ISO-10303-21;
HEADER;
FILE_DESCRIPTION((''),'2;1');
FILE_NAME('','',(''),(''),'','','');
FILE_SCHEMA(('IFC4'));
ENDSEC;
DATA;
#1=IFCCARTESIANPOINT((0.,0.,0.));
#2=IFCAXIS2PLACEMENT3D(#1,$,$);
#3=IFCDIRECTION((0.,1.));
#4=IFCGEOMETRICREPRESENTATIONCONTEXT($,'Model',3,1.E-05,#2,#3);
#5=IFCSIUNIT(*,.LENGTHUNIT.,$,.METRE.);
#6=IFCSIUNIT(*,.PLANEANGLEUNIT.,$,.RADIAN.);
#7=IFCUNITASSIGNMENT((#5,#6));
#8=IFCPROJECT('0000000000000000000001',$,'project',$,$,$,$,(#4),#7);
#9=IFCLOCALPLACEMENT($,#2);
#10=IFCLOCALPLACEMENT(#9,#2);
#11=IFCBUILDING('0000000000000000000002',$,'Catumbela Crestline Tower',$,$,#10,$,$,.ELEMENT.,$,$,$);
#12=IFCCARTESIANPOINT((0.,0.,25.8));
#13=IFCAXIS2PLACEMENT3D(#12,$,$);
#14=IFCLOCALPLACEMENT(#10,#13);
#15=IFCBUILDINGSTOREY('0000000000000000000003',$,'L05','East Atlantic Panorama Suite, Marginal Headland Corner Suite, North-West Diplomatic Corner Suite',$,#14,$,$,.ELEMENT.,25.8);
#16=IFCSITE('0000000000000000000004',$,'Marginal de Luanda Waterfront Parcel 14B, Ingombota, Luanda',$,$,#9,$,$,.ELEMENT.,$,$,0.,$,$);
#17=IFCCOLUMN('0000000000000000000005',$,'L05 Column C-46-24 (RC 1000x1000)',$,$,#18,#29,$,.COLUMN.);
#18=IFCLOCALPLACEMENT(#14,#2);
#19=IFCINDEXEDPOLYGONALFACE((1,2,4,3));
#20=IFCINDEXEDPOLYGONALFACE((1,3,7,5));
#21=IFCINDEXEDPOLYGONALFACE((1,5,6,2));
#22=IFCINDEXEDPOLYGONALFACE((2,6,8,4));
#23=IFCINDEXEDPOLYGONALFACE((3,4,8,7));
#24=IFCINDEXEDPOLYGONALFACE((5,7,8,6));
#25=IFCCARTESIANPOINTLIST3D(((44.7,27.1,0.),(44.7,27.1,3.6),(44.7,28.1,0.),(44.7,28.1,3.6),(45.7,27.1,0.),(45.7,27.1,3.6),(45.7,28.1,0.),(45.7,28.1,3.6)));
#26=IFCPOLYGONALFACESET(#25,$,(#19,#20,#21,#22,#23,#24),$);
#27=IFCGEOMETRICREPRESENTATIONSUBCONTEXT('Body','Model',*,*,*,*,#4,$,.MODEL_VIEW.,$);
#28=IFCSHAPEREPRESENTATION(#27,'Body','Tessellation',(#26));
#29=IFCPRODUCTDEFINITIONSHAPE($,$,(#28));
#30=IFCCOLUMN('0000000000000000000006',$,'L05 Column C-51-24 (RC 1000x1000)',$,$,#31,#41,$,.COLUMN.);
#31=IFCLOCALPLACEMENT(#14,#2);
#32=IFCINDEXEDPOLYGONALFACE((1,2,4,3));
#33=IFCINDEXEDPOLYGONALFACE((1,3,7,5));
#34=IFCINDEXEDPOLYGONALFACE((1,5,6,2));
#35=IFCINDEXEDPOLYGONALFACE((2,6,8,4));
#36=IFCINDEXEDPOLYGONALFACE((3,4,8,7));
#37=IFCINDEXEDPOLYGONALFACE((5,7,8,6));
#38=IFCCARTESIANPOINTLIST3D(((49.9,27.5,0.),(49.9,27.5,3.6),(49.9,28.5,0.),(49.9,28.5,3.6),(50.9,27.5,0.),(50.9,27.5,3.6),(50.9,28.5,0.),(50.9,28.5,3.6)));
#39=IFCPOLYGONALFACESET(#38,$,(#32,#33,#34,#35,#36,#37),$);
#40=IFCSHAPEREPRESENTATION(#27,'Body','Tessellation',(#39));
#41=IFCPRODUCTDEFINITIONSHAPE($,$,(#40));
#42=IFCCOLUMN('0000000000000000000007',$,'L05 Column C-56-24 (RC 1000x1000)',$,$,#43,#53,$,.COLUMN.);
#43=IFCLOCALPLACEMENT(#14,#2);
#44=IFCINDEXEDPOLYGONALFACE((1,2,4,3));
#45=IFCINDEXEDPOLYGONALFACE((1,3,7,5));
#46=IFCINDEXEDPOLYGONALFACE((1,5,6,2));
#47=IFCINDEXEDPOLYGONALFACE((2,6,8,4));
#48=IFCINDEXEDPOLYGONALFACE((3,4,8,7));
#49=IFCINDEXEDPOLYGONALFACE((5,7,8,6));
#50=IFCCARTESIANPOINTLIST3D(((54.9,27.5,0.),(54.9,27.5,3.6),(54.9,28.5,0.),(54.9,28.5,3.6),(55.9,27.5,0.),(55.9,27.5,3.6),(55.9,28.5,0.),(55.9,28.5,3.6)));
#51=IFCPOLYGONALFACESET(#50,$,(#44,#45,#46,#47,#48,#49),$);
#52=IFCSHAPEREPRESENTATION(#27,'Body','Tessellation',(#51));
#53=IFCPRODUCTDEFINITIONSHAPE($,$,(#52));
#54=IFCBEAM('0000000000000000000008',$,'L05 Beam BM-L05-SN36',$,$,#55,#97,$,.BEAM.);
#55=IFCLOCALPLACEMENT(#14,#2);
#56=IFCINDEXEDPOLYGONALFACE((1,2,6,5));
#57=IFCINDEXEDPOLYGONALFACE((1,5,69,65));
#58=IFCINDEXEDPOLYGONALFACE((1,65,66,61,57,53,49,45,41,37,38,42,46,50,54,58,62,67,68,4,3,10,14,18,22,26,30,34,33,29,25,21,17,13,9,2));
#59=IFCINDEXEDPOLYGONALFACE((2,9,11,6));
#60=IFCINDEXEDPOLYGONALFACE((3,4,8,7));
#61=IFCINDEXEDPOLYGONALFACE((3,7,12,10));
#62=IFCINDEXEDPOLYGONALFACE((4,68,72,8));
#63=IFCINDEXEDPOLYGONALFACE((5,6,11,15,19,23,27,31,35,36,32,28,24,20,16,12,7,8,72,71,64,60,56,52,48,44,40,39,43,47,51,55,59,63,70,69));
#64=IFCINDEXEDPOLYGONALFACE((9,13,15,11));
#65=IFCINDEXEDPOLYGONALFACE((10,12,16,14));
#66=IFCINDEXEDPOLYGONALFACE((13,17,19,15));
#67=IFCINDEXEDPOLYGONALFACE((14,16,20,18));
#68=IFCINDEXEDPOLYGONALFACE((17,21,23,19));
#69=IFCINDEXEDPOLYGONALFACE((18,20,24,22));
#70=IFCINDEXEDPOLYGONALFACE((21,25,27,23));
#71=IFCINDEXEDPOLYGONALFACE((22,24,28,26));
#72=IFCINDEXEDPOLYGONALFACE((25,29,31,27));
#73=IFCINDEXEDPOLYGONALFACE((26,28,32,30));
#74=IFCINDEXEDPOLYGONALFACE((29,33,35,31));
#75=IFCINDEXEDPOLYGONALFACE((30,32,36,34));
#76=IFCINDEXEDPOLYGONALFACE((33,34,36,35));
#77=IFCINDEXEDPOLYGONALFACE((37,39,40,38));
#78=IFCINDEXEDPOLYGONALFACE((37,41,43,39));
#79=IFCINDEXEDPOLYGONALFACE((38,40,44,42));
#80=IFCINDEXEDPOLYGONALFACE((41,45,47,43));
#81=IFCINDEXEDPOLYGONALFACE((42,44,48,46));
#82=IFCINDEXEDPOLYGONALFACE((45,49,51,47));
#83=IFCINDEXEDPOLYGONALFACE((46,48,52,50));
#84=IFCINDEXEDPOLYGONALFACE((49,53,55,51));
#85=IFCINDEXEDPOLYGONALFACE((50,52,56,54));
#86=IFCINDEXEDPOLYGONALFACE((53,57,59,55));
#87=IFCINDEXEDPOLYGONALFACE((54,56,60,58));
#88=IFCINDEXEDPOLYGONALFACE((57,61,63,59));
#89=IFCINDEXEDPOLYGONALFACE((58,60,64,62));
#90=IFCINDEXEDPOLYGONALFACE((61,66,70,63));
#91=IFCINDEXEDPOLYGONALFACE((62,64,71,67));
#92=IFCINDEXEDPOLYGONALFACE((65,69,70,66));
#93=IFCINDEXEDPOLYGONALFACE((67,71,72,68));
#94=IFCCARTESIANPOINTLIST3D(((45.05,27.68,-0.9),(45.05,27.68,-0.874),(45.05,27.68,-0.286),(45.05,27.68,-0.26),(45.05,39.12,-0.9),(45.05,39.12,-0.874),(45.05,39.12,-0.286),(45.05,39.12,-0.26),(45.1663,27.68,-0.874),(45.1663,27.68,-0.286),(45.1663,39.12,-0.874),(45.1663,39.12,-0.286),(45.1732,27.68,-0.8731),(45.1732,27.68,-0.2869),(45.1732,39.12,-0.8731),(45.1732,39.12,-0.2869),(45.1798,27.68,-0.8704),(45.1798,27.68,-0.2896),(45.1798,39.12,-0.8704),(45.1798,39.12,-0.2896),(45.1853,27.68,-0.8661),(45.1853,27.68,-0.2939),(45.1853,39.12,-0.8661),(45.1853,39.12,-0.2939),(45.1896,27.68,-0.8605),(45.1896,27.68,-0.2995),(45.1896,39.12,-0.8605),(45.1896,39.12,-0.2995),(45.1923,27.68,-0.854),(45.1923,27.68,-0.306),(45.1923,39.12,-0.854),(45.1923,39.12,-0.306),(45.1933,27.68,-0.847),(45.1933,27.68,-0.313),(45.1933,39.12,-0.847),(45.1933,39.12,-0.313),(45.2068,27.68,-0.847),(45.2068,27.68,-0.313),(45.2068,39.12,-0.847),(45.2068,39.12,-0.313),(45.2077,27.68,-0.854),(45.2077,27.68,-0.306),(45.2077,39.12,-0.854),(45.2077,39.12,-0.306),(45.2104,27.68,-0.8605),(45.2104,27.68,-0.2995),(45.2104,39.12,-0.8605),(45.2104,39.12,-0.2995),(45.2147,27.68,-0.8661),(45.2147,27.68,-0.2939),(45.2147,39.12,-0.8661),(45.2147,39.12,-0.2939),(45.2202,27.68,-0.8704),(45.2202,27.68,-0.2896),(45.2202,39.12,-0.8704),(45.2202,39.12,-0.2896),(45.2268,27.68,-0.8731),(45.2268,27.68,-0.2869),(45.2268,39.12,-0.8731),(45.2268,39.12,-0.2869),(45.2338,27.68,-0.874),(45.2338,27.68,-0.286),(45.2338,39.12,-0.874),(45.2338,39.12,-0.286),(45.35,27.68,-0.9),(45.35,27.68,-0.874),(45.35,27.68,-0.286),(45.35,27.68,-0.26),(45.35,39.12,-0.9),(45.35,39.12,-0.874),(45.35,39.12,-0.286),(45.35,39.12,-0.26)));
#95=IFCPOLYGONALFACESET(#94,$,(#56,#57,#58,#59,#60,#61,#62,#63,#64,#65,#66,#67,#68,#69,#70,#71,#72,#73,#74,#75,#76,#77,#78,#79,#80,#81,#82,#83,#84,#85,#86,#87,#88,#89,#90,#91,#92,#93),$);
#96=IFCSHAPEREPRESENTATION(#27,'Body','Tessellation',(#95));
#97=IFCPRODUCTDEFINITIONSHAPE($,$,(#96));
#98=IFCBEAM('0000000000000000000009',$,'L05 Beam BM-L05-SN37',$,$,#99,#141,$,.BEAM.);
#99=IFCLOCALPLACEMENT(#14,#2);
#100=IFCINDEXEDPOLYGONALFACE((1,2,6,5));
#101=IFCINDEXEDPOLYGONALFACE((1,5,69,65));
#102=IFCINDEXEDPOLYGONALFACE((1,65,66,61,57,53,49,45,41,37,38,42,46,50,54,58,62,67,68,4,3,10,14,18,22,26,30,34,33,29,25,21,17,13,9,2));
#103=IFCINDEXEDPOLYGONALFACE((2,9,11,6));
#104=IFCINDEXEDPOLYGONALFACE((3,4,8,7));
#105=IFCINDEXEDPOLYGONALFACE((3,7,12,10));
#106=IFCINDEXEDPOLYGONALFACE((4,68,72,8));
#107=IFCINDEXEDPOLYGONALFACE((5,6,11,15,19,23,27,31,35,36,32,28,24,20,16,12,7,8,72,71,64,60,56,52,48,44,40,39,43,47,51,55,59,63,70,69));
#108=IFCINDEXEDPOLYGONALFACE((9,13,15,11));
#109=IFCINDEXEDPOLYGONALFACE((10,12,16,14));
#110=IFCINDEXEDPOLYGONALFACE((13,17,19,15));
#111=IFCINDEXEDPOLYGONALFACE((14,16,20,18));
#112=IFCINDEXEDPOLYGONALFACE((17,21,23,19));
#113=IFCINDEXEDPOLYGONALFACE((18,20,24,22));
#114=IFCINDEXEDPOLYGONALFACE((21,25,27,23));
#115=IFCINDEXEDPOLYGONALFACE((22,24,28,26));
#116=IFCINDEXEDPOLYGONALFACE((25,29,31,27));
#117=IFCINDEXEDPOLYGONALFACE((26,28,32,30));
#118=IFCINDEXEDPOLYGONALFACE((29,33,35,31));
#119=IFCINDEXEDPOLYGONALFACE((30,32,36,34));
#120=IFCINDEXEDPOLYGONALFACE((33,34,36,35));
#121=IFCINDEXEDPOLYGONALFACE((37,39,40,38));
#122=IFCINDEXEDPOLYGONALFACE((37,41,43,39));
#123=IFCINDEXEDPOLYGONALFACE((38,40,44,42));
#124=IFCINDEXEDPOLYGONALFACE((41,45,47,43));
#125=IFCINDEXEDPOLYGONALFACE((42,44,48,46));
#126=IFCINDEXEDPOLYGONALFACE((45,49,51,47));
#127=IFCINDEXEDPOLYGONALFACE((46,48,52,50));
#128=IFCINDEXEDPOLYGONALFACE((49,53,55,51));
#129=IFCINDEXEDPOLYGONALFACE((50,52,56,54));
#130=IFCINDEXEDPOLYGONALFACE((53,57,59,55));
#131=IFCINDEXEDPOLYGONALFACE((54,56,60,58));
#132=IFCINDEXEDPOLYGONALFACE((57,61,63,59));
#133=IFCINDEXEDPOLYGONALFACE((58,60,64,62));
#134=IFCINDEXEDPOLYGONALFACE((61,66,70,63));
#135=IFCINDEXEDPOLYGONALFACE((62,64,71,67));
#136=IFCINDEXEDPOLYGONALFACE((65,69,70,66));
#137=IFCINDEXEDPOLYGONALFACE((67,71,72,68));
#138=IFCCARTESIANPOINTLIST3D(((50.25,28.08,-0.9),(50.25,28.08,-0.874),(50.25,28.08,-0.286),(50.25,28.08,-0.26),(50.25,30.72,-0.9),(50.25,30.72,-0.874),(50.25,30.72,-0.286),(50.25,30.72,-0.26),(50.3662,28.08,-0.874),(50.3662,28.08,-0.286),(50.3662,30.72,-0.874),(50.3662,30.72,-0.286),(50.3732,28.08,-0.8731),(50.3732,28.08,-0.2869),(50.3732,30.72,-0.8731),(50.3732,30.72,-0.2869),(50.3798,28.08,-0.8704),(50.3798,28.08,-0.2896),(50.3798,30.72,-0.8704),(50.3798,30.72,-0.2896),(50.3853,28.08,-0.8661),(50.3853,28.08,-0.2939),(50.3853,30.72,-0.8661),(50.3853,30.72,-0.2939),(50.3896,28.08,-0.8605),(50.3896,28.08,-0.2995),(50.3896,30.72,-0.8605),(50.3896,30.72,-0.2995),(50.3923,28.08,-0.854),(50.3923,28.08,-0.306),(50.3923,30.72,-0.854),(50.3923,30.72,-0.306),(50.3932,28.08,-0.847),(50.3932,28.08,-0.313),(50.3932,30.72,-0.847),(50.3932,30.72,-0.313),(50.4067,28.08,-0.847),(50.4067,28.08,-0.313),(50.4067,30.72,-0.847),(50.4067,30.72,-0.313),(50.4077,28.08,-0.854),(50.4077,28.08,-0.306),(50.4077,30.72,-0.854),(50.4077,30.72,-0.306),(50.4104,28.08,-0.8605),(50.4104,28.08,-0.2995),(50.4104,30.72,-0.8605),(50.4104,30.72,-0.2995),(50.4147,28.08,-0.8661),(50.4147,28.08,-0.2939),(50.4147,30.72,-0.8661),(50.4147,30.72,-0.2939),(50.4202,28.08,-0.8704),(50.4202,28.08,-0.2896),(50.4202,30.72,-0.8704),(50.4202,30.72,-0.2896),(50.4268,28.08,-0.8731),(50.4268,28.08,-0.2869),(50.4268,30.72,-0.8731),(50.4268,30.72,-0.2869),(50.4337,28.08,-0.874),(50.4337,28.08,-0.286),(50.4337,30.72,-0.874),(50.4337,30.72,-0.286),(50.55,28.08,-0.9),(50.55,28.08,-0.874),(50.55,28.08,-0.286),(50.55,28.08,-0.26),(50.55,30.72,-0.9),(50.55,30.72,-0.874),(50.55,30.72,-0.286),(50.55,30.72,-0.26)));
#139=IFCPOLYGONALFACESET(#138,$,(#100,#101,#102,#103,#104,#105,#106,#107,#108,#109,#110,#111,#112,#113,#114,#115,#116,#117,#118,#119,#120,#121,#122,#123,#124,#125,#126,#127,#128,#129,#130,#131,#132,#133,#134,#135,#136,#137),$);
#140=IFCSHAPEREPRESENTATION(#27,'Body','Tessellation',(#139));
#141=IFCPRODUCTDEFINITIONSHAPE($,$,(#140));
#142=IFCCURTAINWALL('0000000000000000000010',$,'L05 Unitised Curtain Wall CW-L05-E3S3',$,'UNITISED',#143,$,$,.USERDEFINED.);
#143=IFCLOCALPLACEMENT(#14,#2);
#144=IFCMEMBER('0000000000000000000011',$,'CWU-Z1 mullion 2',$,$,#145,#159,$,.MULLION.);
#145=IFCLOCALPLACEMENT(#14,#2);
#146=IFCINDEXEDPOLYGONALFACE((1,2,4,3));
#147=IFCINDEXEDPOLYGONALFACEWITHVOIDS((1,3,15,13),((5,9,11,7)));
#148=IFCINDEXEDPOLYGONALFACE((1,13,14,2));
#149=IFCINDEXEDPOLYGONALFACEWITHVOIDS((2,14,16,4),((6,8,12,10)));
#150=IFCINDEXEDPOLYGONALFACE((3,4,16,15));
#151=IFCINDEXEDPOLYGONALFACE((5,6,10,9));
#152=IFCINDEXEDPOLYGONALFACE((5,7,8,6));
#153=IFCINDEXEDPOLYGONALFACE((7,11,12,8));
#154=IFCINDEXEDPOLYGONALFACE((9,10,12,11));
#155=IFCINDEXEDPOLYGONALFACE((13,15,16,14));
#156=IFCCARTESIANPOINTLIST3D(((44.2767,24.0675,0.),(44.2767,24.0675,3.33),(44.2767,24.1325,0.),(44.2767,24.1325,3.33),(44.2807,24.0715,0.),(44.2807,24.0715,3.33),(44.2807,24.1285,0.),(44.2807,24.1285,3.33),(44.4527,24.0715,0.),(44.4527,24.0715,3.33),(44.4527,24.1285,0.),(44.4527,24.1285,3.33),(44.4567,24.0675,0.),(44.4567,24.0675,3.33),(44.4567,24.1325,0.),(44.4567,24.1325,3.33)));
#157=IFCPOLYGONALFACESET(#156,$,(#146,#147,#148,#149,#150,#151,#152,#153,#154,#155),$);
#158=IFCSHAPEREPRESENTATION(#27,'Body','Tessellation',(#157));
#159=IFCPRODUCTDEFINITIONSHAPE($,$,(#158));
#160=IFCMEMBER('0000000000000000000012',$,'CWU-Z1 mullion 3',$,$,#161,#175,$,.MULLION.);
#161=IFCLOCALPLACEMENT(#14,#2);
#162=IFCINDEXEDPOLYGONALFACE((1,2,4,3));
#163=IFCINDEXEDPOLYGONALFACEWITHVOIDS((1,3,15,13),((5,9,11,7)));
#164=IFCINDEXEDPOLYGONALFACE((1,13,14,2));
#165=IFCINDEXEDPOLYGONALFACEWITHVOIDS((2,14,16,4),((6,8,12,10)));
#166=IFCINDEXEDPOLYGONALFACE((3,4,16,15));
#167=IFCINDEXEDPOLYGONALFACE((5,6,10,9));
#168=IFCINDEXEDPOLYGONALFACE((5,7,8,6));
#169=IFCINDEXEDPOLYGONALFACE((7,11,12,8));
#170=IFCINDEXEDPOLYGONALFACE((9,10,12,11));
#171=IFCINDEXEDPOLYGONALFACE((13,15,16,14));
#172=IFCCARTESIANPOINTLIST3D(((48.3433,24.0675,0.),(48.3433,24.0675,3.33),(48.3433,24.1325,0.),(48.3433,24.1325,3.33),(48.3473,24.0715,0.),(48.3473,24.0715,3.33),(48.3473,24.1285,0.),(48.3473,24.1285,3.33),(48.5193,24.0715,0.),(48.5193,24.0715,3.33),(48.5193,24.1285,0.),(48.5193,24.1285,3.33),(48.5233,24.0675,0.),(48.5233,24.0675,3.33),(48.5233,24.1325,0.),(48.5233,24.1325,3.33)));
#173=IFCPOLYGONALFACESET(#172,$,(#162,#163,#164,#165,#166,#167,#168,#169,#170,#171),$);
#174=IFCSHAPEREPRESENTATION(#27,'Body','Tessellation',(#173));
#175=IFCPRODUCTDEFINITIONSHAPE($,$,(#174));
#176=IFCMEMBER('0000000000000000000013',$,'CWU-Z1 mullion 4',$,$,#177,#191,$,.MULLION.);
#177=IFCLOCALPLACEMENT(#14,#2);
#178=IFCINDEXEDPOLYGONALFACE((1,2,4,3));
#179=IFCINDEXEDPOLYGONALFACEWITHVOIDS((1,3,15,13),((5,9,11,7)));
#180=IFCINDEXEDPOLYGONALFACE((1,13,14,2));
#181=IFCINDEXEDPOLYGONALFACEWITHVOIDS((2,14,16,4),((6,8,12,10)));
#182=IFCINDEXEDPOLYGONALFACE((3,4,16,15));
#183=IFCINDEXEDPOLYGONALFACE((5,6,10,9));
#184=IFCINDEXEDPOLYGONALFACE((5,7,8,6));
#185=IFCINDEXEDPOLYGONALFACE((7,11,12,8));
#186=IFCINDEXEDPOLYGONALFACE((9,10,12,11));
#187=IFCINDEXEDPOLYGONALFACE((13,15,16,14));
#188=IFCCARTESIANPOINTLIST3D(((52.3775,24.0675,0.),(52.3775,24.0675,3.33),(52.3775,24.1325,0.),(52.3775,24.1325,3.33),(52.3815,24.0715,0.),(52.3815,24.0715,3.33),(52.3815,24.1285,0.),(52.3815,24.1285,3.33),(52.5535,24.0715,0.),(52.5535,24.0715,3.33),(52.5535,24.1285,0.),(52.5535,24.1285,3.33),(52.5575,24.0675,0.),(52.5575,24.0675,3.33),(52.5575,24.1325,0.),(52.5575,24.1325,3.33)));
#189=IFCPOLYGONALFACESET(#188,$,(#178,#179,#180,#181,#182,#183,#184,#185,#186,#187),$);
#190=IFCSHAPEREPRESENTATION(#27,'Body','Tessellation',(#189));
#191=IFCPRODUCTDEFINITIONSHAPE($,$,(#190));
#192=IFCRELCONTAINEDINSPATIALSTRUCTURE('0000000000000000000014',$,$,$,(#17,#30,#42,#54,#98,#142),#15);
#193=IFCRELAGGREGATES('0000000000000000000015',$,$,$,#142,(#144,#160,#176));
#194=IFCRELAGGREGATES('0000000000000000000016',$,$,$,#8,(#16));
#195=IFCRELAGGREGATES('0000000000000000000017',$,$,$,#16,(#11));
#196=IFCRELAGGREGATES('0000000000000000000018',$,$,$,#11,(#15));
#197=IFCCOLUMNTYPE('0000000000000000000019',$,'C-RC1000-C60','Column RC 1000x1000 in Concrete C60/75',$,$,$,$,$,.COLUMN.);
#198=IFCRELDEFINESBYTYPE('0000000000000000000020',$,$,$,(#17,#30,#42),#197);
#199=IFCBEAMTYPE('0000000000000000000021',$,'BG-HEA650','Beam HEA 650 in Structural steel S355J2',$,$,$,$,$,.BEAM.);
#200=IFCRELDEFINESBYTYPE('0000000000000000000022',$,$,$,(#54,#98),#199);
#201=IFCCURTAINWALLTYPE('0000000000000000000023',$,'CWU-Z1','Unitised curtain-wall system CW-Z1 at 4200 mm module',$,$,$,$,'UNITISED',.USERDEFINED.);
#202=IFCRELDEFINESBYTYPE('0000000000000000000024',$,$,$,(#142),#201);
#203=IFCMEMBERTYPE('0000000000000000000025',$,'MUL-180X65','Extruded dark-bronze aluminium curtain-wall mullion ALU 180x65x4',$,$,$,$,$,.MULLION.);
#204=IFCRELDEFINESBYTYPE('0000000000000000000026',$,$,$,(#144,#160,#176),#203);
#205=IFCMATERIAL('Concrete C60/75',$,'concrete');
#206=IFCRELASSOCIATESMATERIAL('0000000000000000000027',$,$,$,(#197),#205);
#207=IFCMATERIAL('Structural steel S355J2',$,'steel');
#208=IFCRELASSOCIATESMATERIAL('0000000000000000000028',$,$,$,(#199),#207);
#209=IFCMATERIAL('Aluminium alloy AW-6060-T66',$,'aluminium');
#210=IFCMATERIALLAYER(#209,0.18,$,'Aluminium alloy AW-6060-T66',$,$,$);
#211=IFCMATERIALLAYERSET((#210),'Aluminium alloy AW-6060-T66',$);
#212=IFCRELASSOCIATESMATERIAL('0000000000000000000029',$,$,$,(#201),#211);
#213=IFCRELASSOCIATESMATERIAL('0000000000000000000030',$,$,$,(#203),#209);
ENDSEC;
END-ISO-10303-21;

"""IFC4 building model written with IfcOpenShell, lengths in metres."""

from ifc_helpers import new_model, si_unit, direction, frame, origin, origin_2d, place, context, subcontext, project, spatial, rectangle, hollow_rectangle, i_section, extrude, material, layer, layer_set, material_profile, profile_set, type_object, element, aggregate, save


model = new_model("IFC4")

# Units and contexts
model_context = context("Model", 3, precision=1e-05, world=origin(), true_north=direction((0.0, 1.0)))
body_context = subcontext(model_context, "Body", "Model", "MODEL_VIEW")
ifc_project = project(units=[si_unit("LENGTHUNIT", "METRE"), si_unit("PLANEANGLEUNIT", "RADIAN")], contexts=[model_context])

# Site, building, storey
site_placement = place(None, origin())
site = spatial("IfcSite", under=ifc_project, at=site_placement, Name="Marginal de Luanda Waterfront Parcel 14B, Ingombota, Luanda", CompositionType="ELEMENT", RefElevation=0.0)
building_placement = place(site_placement, origin())
building = spatial("IfcBuilding", under=site, at=building_placement, Name="Catumbela Crestline Tower", CompositionType="ELEMENT")
storey_placement = place(building_placement, frame((0.0, 0.0, 25.8)))
storey = spatial("IfcBuildingStorey", under=building, at=storey_placement, Name="L05", Description="East Atlantic Panorama Suite, Marginal Headland Corner Suite, North-West Diplomatic Corner Suite", CompositionType="ELEMENT", Elevation=25.8)

# Columns
ifc_material_1 = material(Name="Concrete C60/75", Category="concrete")
ifc_material_profile_1 = material_profile(ifc_material_1, rectangle(XDim=1.0, YDim=1.0, at=origin_2d()), Name="RC 1000x1000")
ifc_profile_set_1 = profile_set([ifc_material_profile_1], Name="Concrete C60/75")
column_type = type_object("IfcColumnType", Name="C-RC1000-C60", Description="Column RC 1000x1000 in Concrete C60/75", PredefinedType="COLUMN", material=ifc_profile_set_1)
for number, where, z_axis, x_axis, name in (
    (1, (45.2, 27.6, 0.0), (0.0, 0.0, 1.0), (1.0, 0.0, 0.0), "L05 Column C-46-24 (RC 1000x1000)"),
    (2, (50.4, 28.0, 0.0), (0.0, 0.0, 1.0), (1.0, 0.0, 0.0), "L05 Column C-51-24 (RC 1000x1000)"),
    (3, (55.4, 28.0, 0.0), (0.0, 0.0, 1.0), (1.0, 0.0, 0.0), "L05 Column C-56-24 (RC 1000x1000)"),
):
    element("IfcColumn", number, at=place(storey_placement, frame(where, z_axis=z_axis, x_axis=x_axis)), inside=storey, type_object=column_type, Name=name, PredefinedType="COLUMN", context=body_context, shape_type="SweptSolid", body=[
        extrude(rectangle(XDim=1.0, YDim=1.0, at=origin_2d()), origin(), (0.0, 0.0, 1.0), 3.6),
    ])

# Beams
ifc_material_2 = material(Name="Structural steel S355J2", Category="steel")
ifc_material_profile_2 = material_profile(ifc_material_2, i_section(OverallWidth=0.3, OverallDepth=0.64, WebThickness=0.0135, FlangeThickness=0.026, FilletRadius=0.027, at=origin_2d()), Name="HEA 650")
ifc_profile_set_2 = profile_set([ifc_material_profile_2], Name="Structural steel S355J2")
beam_type_1 = type_object("IfcBeamType", Name="BG-HEA650", Description="Beam HEA 650 in Structural steel S355J2", PredefinedType="BEAM", material=ifc_profile_set_2)
beam_1_placement = place(storey_placement, frame((45.2, 27.68, -0.58), z_axis=(0.0, 1.0, 0.0), x_axis=(-1.0, 0.0, 0.0)))
element("IfcBeam", 4, at=beam_1_placement, inside=storey, type_object=beam_type_1, Name="L05 Beam BM-L05-SN36", PredefinedType="BEAM", context=body_context, shape_type="SweptSolid", body=[
    extrude(i_section(OverallWidth=0.3, OverallDepth=0.64, WebThickness=0.0135, FlangeThickness=0.026, FilletRadius=0.027, at=origin_2d()), origin(), (0.0, 0.0, 1.0), 11.44),
])
beam_2_placement = place(storey_placement, frame((50.4, 28.08, -0.58), z_axis=(0.0, 1.0, 0.0), x_axis=(-1.0, 0.0, 0.0)))
element("IfcBeam", 5, at=beam_2_placement, inside=storey, type_object=beam_type_1, Name="L05 Beam BM-L05-SN37", PredefinedType="BEAM", context=body_context, shape_type="SweptSolid", body=[
    extrude(i_section(OverallWidth=0.3, OverallDepth=0.64, WebThickness=0.0135, FlangeThickness=0.026, FilletRadius=0.027, at=origin_2d()), origin(), (0.0, 0.0, 1.0), 2.64),
])

# Curtain wall, members
ifc_material_3 = material(Name="Aluminium alloy AW-6060-T66", Category="aluminium")
ifc_layer_1 = layer(ifc_material_3, 0.18, Name="Aluminium alloy AW-6060-T66")
ifc_layer_set_1 = layer_set([ifc_layer_1], Name="Aluminium alloy AW-6060-T66")
curtain_wall_type = type_object("IfcCurtainWallType", Name="CWU-Z1", Description="Unitised curtain-wall system CW-Z1 at 4200 mm module", ElementType="UNITISED", PredefinedType="USERDEFINED", material=ifc_layer_set_1)
curtain_wall_1_placement = place(storey_placement, origin())
curtain_wall_1 = element("IfcCurtainWall", 6, at=curtain_wall_1_placement, inside=storey, type_object=curtain_wall_type, Name="L05 Unitised Curtain Wall CW-L05-E3S3", ObjectType="UNITISED", PredefinedType="USERDEFINED")
ifc_material_profile_3 = material_profile(ifc_material_3, hollow_rectangle(XDim=0.065, YDim=0.18, WallThickness=0.004, at=origin_2d()), Name="ALU 180x65x4")
ifc_profile_set_3 = profile_set([ifc_material_profile_3], Name="Aluminium alloy AW-6060-T66")
member_type_1 = type_object("IfcMemberType", Name="MUL-180X65", Description="Extruded dark-bronze aluminium curtain-wall mullion ALU 180x65x4", PredefinedType="MULLION", material=ifc_profile_set_3)
member_1_placement = place(storey_placement, frame((44.3667, 24.1, 0.0), z_axis=(0.0, 0.0, 1.0), x_axis=(0.0, 1.0, 0.0)))
member_1 = element("IfcMember", 7, at=member_1_placement, type_object=member_type_1, Name="CWU-Z1 mullion 2", PredefinedType="MULLION", context=body_context, shape_type="SweptSolid", body=[
    extrude(hollow_rectangle(XDim=0.065, YDim=0.18, WallThickness=0.004, at=origin_2d()), origin(), (0.0, 0.0, 1.0), 3.33),
])
member_2_placement = place(storey_placement, frame((48.4333, 24.1, 0.0), z_axis=(0.0, 0.0, 1.0), x_axis=(0.0, 1.0, 0.0)))
member_2 = element("IfcMember", 8, at=member_2_placement, type_object=member_type_1, Name="CWU-Z1 mullion 3", PredefinedType="MULLION", context=body_context, shape_type="SweptSolid", body=[
    extrude(hollow_rectangle(XDim=0.065, YDim=0.18, WallThickness=0.004, at=origin_2d()), origin(), (0.0, 0.0, 1.0), 3.33),
])
member_3_placement = place(storey_placement, frame((52.4675, 24.1, 0.0), z_axis=(0.0, 0.0, 1.0), x_axis=(0.0, 1.0, 0.0)))
member_3 = element("IfcMember", 9, at=member_3_placement, type_object=member_type_1, Name="CWU-Z1 mullion 4", PredefinedType="MULLION", context=body_context, shape_type="SweptSolid", body=[
    extrude(hollow_rectangle(XDim=0.065, YDim=0.18, WallThickness=0.004, at=origin_2d()), origin(), (0.0, 0.0, 1.0), 3.33),
])

aggregate(curtain_wall_1, [member_1, member_2, member_3])

save(model, "model.ifc")
